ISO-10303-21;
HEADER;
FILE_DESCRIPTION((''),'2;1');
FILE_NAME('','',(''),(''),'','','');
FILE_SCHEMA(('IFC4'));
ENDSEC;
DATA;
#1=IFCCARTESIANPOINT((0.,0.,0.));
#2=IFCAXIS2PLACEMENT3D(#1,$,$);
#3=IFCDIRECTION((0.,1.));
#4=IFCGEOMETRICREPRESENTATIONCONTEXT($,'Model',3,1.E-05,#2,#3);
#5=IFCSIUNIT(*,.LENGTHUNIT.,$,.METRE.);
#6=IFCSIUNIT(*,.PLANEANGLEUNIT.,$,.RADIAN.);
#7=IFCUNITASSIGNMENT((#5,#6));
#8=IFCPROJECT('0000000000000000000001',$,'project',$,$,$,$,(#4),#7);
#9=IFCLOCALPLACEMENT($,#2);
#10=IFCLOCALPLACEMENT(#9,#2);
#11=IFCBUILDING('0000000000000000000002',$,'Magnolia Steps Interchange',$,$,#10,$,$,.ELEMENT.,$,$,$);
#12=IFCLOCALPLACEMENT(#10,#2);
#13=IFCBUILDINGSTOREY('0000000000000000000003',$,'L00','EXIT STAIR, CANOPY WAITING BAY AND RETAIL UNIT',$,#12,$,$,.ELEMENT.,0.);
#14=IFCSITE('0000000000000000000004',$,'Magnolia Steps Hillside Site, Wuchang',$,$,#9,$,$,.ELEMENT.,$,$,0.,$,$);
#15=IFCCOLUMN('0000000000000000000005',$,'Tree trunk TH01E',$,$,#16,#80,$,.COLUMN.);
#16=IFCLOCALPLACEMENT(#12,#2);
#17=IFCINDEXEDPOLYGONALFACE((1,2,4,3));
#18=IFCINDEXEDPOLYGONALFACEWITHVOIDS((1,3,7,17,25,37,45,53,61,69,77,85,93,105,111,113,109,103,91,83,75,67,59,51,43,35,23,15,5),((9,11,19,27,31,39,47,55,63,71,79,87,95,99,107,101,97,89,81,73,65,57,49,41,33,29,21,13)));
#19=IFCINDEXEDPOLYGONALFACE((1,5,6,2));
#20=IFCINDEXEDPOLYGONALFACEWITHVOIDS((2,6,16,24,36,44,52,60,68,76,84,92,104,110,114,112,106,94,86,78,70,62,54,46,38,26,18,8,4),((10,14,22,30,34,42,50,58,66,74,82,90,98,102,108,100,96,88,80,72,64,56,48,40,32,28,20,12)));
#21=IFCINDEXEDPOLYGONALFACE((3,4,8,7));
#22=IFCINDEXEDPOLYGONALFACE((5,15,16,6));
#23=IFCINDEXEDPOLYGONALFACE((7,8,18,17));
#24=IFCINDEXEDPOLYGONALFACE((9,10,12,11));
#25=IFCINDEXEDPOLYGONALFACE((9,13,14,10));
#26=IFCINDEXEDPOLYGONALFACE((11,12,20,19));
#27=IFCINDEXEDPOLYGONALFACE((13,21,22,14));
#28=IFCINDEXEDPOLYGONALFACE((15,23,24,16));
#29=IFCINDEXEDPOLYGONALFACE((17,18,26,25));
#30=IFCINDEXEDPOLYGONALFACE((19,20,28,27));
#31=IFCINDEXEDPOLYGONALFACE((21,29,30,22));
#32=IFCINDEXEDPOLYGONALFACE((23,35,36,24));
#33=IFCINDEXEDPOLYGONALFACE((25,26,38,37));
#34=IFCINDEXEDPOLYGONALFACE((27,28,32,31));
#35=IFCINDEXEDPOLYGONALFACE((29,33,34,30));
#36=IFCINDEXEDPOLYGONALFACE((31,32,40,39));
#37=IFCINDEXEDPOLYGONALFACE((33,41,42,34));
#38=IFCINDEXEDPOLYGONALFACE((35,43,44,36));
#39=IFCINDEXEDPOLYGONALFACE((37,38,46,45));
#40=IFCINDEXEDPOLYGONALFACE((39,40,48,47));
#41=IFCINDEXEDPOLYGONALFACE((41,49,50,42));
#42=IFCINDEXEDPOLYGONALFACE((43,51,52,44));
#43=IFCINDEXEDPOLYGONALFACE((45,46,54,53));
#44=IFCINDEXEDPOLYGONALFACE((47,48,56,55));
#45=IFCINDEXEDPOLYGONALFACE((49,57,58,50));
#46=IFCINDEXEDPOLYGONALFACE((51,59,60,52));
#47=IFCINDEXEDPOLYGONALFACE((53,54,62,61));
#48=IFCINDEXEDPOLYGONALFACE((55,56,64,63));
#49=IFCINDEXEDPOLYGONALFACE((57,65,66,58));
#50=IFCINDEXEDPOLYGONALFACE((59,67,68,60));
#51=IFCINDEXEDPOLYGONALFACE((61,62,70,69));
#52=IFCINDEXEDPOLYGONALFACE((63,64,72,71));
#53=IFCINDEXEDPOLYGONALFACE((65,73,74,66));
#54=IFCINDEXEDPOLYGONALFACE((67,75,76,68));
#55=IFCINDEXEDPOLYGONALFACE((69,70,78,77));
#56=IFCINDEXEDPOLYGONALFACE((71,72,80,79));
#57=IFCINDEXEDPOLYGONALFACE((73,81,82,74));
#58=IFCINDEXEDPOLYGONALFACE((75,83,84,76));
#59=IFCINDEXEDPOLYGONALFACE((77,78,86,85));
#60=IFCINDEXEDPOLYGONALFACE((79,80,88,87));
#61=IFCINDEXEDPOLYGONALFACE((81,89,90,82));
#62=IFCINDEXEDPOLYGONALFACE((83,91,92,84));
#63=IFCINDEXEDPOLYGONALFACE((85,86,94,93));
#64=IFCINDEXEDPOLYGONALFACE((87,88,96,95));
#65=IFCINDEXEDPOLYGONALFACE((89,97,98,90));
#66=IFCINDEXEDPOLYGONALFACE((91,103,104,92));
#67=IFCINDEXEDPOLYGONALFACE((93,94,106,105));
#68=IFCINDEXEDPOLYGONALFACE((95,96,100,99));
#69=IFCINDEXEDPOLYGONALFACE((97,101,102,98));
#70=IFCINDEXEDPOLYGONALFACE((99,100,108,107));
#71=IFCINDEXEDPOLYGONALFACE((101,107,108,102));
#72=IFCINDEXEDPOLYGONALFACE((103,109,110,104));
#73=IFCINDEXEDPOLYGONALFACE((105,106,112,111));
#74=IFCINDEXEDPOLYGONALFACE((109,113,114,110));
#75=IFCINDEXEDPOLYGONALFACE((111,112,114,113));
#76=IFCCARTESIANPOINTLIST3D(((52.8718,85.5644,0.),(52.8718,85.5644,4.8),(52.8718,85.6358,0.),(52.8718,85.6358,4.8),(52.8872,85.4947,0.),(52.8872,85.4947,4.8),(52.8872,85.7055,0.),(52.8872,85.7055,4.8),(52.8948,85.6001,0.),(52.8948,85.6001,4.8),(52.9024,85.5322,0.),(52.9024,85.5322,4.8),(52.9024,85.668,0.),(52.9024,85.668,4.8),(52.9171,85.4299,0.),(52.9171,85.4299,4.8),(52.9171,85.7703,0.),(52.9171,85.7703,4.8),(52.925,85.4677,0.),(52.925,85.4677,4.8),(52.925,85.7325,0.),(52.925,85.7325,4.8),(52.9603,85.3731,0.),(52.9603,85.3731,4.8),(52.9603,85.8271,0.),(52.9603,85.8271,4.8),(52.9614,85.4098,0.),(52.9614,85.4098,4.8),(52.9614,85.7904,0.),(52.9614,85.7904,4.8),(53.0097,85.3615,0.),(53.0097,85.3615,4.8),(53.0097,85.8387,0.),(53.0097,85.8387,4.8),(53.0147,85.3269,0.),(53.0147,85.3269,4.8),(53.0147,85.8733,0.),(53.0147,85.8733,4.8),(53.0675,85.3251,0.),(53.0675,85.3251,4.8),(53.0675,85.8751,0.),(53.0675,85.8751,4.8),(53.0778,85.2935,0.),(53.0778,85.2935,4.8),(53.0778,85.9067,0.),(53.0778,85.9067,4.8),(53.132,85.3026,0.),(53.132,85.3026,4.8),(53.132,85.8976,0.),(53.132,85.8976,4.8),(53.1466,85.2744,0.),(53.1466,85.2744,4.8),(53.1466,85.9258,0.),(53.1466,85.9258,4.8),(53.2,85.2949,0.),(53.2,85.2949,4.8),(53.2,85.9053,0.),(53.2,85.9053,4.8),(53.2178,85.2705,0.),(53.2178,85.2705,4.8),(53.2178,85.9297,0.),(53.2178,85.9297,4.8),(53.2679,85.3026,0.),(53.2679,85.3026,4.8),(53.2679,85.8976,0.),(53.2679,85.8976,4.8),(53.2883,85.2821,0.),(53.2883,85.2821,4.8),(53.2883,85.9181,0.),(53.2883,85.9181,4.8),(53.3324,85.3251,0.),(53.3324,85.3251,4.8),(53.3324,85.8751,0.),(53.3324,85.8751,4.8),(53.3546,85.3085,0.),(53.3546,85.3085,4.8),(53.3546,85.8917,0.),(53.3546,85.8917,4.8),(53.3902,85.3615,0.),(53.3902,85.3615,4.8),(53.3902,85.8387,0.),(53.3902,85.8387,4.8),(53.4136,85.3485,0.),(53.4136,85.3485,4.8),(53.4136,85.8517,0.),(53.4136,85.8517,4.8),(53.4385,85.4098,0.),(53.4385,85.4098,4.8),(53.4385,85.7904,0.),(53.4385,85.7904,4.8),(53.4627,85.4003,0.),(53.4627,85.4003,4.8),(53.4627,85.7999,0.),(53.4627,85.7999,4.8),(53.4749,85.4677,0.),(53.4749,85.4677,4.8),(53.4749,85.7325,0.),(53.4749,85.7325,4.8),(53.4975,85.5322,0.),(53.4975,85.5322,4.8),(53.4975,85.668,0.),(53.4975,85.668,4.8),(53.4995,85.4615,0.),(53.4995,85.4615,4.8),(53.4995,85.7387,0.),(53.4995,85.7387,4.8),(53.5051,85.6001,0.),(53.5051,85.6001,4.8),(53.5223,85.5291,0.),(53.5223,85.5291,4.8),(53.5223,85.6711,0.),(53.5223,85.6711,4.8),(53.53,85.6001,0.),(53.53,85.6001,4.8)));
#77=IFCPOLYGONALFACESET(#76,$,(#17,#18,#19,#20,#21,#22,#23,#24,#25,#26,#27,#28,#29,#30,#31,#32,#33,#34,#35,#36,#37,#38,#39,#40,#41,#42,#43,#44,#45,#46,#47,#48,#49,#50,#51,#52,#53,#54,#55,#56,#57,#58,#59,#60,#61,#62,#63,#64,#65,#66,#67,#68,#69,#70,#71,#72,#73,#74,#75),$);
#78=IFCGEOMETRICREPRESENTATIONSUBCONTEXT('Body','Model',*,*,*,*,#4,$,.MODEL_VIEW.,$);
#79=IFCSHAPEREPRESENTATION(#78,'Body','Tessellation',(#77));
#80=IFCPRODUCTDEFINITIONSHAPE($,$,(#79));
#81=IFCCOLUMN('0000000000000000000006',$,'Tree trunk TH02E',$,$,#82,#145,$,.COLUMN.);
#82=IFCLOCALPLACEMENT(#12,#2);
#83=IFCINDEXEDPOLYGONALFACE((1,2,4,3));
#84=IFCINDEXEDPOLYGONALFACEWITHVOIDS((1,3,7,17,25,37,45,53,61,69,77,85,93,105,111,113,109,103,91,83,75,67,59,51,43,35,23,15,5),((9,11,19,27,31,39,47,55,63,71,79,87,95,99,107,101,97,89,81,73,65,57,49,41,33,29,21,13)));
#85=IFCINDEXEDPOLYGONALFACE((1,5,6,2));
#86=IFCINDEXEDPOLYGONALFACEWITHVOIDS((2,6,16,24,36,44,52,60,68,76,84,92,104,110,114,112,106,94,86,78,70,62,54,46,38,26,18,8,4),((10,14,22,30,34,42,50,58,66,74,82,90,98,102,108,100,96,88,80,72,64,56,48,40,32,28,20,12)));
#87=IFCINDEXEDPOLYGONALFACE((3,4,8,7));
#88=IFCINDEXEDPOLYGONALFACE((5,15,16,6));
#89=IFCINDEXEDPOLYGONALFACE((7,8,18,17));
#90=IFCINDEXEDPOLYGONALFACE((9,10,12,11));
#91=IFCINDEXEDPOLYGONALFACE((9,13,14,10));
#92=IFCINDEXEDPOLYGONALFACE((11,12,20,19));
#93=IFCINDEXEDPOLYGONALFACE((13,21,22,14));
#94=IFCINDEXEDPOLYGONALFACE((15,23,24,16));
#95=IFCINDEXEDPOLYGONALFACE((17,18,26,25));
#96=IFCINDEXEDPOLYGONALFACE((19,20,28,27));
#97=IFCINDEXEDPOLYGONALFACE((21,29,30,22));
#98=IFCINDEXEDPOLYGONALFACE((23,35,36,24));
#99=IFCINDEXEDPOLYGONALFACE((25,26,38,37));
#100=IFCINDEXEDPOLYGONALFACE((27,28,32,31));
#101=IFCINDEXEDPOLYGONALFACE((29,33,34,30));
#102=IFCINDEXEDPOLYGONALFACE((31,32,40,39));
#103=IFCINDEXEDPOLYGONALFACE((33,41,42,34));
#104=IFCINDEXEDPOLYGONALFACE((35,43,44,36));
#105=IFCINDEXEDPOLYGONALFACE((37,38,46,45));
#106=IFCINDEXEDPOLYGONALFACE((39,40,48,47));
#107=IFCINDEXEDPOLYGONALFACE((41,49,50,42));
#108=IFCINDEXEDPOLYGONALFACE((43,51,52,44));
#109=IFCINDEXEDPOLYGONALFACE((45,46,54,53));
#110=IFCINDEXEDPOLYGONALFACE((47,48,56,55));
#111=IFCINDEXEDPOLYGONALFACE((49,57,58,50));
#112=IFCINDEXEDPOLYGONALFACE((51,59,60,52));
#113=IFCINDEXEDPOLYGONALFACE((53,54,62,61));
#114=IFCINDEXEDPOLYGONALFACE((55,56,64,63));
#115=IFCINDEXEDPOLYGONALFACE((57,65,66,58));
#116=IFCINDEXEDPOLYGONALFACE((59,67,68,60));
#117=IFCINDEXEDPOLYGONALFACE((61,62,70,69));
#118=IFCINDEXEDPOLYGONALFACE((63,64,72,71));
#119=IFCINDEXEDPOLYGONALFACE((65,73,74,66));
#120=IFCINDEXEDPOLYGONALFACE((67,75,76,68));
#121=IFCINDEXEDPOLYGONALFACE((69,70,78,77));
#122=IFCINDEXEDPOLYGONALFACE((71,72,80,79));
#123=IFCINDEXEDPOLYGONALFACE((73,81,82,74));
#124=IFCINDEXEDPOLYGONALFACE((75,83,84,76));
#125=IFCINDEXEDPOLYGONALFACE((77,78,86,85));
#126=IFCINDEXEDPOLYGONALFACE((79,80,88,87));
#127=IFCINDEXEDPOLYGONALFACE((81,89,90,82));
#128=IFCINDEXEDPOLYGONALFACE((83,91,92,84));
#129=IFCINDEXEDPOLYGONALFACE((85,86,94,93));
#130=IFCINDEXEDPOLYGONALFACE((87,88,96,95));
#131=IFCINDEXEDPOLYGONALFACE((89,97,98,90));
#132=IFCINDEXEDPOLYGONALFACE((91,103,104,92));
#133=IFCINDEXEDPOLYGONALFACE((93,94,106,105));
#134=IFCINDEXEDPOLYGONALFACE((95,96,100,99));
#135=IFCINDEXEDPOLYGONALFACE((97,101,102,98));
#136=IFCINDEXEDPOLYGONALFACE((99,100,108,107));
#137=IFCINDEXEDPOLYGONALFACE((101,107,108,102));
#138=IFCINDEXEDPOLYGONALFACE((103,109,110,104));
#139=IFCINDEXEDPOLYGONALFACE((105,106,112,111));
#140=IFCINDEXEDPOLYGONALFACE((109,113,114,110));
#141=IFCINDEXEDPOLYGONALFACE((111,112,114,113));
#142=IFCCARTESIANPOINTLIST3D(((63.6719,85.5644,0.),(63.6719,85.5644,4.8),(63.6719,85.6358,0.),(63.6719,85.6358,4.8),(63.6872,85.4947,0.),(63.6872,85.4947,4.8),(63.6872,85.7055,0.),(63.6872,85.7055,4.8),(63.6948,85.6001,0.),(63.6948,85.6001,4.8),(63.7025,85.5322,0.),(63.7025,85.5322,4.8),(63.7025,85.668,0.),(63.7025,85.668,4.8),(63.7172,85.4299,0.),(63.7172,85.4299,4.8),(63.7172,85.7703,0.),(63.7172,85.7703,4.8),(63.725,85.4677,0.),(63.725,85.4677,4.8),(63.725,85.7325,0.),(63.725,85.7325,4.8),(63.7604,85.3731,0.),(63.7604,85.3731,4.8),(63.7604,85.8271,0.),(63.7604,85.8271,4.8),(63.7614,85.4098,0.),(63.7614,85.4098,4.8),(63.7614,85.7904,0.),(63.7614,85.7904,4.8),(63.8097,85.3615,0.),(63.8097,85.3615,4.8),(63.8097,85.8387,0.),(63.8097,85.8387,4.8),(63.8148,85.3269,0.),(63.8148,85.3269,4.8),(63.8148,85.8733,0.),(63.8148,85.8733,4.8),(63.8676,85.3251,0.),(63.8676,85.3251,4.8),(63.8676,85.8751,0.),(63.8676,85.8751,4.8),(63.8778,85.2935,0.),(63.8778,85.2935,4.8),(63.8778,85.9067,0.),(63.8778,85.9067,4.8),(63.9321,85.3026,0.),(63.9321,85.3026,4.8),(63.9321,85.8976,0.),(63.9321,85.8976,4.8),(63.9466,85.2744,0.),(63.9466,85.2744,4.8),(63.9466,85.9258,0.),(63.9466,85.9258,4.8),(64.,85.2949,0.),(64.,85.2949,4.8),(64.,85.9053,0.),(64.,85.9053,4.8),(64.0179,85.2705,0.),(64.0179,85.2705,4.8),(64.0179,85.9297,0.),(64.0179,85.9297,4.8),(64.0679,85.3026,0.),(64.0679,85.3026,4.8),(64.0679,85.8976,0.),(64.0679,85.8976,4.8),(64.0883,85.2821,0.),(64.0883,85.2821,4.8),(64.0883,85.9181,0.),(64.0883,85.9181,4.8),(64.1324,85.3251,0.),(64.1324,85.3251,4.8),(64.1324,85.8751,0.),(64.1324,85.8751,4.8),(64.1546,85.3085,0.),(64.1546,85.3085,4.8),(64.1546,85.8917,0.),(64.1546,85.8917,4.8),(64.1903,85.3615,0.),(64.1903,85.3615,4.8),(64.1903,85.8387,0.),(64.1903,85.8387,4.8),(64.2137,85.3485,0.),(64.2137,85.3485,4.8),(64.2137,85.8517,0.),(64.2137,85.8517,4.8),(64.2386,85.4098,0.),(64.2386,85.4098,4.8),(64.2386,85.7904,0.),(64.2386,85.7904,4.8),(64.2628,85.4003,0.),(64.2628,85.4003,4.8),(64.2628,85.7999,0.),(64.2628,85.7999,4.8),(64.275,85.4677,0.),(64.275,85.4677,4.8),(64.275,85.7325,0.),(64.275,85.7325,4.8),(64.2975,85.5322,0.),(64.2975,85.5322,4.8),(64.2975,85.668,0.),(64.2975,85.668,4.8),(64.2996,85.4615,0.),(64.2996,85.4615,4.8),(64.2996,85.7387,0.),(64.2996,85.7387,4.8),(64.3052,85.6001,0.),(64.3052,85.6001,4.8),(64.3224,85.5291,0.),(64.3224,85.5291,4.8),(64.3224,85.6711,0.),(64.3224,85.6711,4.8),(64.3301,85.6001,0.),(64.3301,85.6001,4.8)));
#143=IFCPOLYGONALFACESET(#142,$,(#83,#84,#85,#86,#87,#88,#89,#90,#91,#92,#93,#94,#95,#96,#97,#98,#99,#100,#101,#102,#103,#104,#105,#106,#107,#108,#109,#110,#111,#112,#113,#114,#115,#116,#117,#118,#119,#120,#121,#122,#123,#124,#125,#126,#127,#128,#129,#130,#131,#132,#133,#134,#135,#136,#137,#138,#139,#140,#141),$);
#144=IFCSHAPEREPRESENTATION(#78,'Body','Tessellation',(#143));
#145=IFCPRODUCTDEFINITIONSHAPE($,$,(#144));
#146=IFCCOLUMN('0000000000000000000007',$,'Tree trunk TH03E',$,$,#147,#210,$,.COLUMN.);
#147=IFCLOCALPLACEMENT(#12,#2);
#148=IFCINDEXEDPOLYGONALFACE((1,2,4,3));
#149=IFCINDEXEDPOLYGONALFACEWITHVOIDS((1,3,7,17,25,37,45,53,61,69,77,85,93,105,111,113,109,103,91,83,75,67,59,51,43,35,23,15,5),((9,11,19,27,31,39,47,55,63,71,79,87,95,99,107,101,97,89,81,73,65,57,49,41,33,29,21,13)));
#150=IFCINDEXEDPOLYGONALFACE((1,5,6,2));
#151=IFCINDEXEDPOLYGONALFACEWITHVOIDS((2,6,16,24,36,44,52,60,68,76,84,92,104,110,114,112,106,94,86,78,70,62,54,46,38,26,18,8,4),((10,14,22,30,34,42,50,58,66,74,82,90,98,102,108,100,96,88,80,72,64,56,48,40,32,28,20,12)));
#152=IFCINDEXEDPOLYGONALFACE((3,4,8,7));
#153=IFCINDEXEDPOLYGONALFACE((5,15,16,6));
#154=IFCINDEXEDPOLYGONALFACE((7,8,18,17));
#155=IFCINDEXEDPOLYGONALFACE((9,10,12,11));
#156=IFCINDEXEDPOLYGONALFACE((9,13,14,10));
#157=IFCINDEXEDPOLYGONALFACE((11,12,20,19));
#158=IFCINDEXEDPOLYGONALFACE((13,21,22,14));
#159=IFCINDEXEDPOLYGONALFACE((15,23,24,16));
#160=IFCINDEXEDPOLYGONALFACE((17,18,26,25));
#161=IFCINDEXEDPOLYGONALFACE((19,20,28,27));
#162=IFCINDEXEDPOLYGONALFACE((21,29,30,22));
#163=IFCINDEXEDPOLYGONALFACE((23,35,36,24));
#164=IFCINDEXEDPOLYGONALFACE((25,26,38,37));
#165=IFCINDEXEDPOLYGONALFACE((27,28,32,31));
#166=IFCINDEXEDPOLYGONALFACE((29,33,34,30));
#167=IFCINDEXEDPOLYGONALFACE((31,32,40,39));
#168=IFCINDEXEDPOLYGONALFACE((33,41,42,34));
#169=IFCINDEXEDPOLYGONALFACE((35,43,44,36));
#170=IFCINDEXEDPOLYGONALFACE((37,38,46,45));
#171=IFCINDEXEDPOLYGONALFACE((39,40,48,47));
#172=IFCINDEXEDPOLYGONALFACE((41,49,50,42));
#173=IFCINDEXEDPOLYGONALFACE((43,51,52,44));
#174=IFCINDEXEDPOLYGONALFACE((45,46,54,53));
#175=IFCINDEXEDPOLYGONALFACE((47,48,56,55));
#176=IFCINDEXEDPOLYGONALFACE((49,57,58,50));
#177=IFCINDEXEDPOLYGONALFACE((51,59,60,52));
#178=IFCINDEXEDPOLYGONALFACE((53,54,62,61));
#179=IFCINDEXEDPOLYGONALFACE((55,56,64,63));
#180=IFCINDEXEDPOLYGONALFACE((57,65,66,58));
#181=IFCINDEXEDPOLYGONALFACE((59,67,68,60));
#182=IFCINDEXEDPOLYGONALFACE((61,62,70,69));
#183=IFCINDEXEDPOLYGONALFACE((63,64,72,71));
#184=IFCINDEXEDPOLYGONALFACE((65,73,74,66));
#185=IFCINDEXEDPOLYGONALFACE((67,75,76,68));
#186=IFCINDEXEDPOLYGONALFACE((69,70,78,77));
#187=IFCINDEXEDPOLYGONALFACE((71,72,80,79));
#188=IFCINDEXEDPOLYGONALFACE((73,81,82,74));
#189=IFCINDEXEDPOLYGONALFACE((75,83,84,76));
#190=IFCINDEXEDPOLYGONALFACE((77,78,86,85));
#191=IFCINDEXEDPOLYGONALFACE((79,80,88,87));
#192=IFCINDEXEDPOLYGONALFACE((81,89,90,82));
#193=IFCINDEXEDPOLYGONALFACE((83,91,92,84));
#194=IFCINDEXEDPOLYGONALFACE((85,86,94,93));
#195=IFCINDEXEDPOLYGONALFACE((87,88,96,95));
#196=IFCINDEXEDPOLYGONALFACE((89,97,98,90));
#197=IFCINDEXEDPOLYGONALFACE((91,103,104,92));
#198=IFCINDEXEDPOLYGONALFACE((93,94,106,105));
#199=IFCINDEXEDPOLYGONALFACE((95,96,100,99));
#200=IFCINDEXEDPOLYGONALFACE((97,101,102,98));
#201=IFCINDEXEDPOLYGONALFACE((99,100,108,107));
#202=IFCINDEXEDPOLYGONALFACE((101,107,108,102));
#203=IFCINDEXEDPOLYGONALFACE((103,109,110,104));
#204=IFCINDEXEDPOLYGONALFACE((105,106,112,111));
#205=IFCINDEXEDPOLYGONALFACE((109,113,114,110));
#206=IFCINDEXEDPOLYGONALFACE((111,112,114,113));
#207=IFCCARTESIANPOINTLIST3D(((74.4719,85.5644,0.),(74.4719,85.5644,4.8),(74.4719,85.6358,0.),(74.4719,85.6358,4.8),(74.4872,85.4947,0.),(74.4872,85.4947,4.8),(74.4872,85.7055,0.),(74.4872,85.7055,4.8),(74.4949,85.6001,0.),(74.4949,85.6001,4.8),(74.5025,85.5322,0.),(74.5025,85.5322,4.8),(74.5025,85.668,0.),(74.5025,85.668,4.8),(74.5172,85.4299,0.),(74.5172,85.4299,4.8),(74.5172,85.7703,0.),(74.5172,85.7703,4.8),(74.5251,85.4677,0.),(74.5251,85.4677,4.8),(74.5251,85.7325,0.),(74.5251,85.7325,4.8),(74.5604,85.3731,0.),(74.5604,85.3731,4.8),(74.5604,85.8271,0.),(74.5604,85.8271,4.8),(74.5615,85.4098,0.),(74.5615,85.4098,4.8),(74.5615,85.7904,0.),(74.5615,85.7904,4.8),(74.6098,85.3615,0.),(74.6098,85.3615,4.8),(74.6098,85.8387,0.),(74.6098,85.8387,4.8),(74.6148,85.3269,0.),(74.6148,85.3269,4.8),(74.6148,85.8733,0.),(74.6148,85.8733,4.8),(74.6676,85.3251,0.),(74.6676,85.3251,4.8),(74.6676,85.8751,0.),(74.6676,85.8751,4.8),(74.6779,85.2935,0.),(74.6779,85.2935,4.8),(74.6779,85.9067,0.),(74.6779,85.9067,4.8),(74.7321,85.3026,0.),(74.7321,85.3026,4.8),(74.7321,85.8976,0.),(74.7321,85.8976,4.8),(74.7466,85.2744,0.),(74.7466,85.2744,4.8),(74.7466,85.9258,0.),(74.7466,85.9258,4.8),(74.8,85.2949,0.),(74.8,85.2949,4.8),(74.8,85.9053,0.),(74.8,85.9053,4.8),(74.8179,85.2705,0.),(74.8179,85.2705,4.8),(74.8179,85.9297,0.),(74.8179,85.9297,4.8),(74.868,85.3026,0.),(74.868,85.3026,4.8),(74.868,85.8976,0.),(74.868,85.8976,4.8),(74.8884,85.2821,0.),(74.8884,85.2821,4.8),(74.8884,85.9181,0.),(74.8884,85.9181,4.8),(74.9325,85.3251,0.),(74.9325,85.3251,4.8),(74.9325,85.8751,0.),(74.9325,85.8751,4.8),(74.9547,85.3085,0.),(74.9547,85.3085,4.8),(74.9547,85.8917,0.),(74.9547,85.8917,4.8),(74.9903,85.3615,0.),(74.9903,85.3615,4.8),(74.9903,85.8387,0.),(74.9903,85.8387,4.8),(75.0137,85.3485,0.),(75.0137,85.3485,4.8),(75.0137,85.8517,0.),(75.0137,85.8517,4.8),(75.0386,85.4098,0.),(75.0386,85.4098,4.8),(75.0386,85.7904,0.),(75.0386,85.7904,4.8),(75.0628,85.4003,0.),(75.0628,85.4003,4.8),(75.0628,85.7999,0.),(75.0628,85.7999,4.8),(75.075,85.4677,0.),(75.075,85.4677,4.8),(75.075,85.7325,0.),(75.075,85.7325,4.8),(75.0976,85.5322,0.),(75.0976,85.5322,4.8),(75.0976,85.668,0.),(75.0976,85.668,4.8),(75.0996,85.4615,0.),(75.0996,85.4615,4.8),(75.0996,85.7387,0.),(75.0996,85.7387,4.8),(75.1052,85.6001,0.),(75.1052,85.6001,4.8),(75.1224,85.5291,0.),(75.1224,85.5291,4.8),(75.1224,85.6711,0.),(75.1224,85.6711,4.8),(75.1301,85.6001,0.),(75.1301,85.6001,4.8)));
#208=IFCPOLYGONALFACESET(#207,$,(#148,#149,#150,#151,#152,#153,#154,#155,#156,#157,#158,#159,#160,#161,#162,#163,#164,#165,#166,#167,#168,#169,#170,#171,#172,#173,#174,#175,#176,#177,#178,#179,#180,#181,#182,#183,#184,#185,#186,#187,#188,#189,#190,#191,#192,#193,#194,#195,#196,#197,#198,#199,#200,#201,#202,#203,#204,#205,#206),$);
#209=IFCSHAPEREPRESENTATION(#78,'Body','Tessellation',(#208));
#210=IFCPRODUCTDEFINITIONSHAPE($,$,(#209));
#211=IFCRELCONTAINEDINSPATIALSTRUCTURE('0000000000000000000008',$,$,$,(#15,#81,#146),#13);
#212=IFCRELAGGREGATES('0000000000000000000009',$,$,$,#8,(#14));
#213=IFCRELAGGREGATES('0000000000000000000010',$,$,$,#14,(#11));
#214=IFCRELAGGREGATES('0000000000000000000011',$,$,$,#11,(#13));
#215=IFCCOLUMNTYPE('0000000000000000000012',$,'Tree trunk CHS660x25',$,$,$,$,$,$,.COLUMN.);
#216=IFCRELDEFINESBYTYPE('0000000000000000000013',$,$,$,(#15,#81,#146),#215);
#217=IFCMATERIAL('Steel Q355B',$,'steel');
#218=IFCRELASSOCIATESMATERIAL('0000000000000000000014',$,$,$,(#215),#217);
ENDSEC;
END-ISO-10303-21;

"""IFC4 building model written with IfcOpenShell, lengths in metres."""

from ifc_helpers import new_model, si_unit, direction, frame, origin, origin_2d, place, context, subcontext, project, spatial, hollow_circle, extrude, material, material_profile, profile_set, type_object, element, save


model = new_model("IFC4")

# Units and contexts
model_context = context("Model", 3, precision=1e-05, world=origin(), true_north=direction((0.0, 1.0)))
body_context = subcontext(model_context, "Body", "Model", "MODEL_VIEW")
ifc_project = project(units=[si_unit("LENGTHUNIT", "METRE"), si_unit("PLANEANGLEUNIT", "RADIAN")], contexts=[model_context])

# Site, building, storey
site_placement = place(None, origin())
site = spatial("IfcSite", under=ifc_project, at=site_placement, Name="Magnolia Steps Hillside Site, Wuchang", CompositionType="ELEMENT", RefElevation=0.0)
building_placement = place(site_placement, origin())
building = spatial("IfcBuilding", under=site, at=building_placement, Name="Magnolia Steps Interchange", CompositionType="ELEMENT")
storey_placement = place(building_placement, origin())
storey = spatial("IfcBuildingStorey", under=building, at=storey_placement, Name="L00", Description="EXIT STAIR, CANOPY WAITING BAY AND RETAIL UNIT", CompositionType="ELEMENT", Elevation=0.0)

# Columns
ifc_material_1 = material(Name="Steel Q355B", Category="steel")
ifc_material_profile = material_profile(ifc_material_1, hollow_circle(Radius=0.3301, WallThickness=0.0249, at=origin_2d()), Name="CHS660x25")
ifc_profile_set = profile_set([ifc_material_profile], Name="Steel Q355B")
column_type = type_object("IfcColumnType", Name="Tree trunk CHS660x25", PredefinedType="COLUMN", material=ifc_profile_set)
for number, where, z_axis, x_axis, name in (
    (1, (53.2, 85.6001, 0.0), (0.0, 0.0, 1.0), (1.0, 0.0, 0.0), "Tree trunk TH01E"),
    (2, (64.0, 85.6001, 0.0), (0.0, 0.0, 1.0), (1.0, 0.0, 0.0), "Tree trunk TH02E"),
    (3, (74.8, 85.6001, 0.0), (0.0, 0.0, 1.0), (1.0, 0.0, 0.0), "Tree trunk TH03E"),
):
    element("IfcColumn", number, at=place(storey_placement, frame(where, z_axis=z_axis, x_axis=x_axis)), inside=storey, type_object=column_type, Name=name, PredefinedType="COLUMN", context=body_context, shape_type="SweptSolid", body=[
        extrude(hollow_circle(Radius=0.3301, WallThickness=0.0249, at=origin_2d()), origin(), (0.0, 0.0, 1.0), 4.8),
    ])

save(model, "model.ifc")
